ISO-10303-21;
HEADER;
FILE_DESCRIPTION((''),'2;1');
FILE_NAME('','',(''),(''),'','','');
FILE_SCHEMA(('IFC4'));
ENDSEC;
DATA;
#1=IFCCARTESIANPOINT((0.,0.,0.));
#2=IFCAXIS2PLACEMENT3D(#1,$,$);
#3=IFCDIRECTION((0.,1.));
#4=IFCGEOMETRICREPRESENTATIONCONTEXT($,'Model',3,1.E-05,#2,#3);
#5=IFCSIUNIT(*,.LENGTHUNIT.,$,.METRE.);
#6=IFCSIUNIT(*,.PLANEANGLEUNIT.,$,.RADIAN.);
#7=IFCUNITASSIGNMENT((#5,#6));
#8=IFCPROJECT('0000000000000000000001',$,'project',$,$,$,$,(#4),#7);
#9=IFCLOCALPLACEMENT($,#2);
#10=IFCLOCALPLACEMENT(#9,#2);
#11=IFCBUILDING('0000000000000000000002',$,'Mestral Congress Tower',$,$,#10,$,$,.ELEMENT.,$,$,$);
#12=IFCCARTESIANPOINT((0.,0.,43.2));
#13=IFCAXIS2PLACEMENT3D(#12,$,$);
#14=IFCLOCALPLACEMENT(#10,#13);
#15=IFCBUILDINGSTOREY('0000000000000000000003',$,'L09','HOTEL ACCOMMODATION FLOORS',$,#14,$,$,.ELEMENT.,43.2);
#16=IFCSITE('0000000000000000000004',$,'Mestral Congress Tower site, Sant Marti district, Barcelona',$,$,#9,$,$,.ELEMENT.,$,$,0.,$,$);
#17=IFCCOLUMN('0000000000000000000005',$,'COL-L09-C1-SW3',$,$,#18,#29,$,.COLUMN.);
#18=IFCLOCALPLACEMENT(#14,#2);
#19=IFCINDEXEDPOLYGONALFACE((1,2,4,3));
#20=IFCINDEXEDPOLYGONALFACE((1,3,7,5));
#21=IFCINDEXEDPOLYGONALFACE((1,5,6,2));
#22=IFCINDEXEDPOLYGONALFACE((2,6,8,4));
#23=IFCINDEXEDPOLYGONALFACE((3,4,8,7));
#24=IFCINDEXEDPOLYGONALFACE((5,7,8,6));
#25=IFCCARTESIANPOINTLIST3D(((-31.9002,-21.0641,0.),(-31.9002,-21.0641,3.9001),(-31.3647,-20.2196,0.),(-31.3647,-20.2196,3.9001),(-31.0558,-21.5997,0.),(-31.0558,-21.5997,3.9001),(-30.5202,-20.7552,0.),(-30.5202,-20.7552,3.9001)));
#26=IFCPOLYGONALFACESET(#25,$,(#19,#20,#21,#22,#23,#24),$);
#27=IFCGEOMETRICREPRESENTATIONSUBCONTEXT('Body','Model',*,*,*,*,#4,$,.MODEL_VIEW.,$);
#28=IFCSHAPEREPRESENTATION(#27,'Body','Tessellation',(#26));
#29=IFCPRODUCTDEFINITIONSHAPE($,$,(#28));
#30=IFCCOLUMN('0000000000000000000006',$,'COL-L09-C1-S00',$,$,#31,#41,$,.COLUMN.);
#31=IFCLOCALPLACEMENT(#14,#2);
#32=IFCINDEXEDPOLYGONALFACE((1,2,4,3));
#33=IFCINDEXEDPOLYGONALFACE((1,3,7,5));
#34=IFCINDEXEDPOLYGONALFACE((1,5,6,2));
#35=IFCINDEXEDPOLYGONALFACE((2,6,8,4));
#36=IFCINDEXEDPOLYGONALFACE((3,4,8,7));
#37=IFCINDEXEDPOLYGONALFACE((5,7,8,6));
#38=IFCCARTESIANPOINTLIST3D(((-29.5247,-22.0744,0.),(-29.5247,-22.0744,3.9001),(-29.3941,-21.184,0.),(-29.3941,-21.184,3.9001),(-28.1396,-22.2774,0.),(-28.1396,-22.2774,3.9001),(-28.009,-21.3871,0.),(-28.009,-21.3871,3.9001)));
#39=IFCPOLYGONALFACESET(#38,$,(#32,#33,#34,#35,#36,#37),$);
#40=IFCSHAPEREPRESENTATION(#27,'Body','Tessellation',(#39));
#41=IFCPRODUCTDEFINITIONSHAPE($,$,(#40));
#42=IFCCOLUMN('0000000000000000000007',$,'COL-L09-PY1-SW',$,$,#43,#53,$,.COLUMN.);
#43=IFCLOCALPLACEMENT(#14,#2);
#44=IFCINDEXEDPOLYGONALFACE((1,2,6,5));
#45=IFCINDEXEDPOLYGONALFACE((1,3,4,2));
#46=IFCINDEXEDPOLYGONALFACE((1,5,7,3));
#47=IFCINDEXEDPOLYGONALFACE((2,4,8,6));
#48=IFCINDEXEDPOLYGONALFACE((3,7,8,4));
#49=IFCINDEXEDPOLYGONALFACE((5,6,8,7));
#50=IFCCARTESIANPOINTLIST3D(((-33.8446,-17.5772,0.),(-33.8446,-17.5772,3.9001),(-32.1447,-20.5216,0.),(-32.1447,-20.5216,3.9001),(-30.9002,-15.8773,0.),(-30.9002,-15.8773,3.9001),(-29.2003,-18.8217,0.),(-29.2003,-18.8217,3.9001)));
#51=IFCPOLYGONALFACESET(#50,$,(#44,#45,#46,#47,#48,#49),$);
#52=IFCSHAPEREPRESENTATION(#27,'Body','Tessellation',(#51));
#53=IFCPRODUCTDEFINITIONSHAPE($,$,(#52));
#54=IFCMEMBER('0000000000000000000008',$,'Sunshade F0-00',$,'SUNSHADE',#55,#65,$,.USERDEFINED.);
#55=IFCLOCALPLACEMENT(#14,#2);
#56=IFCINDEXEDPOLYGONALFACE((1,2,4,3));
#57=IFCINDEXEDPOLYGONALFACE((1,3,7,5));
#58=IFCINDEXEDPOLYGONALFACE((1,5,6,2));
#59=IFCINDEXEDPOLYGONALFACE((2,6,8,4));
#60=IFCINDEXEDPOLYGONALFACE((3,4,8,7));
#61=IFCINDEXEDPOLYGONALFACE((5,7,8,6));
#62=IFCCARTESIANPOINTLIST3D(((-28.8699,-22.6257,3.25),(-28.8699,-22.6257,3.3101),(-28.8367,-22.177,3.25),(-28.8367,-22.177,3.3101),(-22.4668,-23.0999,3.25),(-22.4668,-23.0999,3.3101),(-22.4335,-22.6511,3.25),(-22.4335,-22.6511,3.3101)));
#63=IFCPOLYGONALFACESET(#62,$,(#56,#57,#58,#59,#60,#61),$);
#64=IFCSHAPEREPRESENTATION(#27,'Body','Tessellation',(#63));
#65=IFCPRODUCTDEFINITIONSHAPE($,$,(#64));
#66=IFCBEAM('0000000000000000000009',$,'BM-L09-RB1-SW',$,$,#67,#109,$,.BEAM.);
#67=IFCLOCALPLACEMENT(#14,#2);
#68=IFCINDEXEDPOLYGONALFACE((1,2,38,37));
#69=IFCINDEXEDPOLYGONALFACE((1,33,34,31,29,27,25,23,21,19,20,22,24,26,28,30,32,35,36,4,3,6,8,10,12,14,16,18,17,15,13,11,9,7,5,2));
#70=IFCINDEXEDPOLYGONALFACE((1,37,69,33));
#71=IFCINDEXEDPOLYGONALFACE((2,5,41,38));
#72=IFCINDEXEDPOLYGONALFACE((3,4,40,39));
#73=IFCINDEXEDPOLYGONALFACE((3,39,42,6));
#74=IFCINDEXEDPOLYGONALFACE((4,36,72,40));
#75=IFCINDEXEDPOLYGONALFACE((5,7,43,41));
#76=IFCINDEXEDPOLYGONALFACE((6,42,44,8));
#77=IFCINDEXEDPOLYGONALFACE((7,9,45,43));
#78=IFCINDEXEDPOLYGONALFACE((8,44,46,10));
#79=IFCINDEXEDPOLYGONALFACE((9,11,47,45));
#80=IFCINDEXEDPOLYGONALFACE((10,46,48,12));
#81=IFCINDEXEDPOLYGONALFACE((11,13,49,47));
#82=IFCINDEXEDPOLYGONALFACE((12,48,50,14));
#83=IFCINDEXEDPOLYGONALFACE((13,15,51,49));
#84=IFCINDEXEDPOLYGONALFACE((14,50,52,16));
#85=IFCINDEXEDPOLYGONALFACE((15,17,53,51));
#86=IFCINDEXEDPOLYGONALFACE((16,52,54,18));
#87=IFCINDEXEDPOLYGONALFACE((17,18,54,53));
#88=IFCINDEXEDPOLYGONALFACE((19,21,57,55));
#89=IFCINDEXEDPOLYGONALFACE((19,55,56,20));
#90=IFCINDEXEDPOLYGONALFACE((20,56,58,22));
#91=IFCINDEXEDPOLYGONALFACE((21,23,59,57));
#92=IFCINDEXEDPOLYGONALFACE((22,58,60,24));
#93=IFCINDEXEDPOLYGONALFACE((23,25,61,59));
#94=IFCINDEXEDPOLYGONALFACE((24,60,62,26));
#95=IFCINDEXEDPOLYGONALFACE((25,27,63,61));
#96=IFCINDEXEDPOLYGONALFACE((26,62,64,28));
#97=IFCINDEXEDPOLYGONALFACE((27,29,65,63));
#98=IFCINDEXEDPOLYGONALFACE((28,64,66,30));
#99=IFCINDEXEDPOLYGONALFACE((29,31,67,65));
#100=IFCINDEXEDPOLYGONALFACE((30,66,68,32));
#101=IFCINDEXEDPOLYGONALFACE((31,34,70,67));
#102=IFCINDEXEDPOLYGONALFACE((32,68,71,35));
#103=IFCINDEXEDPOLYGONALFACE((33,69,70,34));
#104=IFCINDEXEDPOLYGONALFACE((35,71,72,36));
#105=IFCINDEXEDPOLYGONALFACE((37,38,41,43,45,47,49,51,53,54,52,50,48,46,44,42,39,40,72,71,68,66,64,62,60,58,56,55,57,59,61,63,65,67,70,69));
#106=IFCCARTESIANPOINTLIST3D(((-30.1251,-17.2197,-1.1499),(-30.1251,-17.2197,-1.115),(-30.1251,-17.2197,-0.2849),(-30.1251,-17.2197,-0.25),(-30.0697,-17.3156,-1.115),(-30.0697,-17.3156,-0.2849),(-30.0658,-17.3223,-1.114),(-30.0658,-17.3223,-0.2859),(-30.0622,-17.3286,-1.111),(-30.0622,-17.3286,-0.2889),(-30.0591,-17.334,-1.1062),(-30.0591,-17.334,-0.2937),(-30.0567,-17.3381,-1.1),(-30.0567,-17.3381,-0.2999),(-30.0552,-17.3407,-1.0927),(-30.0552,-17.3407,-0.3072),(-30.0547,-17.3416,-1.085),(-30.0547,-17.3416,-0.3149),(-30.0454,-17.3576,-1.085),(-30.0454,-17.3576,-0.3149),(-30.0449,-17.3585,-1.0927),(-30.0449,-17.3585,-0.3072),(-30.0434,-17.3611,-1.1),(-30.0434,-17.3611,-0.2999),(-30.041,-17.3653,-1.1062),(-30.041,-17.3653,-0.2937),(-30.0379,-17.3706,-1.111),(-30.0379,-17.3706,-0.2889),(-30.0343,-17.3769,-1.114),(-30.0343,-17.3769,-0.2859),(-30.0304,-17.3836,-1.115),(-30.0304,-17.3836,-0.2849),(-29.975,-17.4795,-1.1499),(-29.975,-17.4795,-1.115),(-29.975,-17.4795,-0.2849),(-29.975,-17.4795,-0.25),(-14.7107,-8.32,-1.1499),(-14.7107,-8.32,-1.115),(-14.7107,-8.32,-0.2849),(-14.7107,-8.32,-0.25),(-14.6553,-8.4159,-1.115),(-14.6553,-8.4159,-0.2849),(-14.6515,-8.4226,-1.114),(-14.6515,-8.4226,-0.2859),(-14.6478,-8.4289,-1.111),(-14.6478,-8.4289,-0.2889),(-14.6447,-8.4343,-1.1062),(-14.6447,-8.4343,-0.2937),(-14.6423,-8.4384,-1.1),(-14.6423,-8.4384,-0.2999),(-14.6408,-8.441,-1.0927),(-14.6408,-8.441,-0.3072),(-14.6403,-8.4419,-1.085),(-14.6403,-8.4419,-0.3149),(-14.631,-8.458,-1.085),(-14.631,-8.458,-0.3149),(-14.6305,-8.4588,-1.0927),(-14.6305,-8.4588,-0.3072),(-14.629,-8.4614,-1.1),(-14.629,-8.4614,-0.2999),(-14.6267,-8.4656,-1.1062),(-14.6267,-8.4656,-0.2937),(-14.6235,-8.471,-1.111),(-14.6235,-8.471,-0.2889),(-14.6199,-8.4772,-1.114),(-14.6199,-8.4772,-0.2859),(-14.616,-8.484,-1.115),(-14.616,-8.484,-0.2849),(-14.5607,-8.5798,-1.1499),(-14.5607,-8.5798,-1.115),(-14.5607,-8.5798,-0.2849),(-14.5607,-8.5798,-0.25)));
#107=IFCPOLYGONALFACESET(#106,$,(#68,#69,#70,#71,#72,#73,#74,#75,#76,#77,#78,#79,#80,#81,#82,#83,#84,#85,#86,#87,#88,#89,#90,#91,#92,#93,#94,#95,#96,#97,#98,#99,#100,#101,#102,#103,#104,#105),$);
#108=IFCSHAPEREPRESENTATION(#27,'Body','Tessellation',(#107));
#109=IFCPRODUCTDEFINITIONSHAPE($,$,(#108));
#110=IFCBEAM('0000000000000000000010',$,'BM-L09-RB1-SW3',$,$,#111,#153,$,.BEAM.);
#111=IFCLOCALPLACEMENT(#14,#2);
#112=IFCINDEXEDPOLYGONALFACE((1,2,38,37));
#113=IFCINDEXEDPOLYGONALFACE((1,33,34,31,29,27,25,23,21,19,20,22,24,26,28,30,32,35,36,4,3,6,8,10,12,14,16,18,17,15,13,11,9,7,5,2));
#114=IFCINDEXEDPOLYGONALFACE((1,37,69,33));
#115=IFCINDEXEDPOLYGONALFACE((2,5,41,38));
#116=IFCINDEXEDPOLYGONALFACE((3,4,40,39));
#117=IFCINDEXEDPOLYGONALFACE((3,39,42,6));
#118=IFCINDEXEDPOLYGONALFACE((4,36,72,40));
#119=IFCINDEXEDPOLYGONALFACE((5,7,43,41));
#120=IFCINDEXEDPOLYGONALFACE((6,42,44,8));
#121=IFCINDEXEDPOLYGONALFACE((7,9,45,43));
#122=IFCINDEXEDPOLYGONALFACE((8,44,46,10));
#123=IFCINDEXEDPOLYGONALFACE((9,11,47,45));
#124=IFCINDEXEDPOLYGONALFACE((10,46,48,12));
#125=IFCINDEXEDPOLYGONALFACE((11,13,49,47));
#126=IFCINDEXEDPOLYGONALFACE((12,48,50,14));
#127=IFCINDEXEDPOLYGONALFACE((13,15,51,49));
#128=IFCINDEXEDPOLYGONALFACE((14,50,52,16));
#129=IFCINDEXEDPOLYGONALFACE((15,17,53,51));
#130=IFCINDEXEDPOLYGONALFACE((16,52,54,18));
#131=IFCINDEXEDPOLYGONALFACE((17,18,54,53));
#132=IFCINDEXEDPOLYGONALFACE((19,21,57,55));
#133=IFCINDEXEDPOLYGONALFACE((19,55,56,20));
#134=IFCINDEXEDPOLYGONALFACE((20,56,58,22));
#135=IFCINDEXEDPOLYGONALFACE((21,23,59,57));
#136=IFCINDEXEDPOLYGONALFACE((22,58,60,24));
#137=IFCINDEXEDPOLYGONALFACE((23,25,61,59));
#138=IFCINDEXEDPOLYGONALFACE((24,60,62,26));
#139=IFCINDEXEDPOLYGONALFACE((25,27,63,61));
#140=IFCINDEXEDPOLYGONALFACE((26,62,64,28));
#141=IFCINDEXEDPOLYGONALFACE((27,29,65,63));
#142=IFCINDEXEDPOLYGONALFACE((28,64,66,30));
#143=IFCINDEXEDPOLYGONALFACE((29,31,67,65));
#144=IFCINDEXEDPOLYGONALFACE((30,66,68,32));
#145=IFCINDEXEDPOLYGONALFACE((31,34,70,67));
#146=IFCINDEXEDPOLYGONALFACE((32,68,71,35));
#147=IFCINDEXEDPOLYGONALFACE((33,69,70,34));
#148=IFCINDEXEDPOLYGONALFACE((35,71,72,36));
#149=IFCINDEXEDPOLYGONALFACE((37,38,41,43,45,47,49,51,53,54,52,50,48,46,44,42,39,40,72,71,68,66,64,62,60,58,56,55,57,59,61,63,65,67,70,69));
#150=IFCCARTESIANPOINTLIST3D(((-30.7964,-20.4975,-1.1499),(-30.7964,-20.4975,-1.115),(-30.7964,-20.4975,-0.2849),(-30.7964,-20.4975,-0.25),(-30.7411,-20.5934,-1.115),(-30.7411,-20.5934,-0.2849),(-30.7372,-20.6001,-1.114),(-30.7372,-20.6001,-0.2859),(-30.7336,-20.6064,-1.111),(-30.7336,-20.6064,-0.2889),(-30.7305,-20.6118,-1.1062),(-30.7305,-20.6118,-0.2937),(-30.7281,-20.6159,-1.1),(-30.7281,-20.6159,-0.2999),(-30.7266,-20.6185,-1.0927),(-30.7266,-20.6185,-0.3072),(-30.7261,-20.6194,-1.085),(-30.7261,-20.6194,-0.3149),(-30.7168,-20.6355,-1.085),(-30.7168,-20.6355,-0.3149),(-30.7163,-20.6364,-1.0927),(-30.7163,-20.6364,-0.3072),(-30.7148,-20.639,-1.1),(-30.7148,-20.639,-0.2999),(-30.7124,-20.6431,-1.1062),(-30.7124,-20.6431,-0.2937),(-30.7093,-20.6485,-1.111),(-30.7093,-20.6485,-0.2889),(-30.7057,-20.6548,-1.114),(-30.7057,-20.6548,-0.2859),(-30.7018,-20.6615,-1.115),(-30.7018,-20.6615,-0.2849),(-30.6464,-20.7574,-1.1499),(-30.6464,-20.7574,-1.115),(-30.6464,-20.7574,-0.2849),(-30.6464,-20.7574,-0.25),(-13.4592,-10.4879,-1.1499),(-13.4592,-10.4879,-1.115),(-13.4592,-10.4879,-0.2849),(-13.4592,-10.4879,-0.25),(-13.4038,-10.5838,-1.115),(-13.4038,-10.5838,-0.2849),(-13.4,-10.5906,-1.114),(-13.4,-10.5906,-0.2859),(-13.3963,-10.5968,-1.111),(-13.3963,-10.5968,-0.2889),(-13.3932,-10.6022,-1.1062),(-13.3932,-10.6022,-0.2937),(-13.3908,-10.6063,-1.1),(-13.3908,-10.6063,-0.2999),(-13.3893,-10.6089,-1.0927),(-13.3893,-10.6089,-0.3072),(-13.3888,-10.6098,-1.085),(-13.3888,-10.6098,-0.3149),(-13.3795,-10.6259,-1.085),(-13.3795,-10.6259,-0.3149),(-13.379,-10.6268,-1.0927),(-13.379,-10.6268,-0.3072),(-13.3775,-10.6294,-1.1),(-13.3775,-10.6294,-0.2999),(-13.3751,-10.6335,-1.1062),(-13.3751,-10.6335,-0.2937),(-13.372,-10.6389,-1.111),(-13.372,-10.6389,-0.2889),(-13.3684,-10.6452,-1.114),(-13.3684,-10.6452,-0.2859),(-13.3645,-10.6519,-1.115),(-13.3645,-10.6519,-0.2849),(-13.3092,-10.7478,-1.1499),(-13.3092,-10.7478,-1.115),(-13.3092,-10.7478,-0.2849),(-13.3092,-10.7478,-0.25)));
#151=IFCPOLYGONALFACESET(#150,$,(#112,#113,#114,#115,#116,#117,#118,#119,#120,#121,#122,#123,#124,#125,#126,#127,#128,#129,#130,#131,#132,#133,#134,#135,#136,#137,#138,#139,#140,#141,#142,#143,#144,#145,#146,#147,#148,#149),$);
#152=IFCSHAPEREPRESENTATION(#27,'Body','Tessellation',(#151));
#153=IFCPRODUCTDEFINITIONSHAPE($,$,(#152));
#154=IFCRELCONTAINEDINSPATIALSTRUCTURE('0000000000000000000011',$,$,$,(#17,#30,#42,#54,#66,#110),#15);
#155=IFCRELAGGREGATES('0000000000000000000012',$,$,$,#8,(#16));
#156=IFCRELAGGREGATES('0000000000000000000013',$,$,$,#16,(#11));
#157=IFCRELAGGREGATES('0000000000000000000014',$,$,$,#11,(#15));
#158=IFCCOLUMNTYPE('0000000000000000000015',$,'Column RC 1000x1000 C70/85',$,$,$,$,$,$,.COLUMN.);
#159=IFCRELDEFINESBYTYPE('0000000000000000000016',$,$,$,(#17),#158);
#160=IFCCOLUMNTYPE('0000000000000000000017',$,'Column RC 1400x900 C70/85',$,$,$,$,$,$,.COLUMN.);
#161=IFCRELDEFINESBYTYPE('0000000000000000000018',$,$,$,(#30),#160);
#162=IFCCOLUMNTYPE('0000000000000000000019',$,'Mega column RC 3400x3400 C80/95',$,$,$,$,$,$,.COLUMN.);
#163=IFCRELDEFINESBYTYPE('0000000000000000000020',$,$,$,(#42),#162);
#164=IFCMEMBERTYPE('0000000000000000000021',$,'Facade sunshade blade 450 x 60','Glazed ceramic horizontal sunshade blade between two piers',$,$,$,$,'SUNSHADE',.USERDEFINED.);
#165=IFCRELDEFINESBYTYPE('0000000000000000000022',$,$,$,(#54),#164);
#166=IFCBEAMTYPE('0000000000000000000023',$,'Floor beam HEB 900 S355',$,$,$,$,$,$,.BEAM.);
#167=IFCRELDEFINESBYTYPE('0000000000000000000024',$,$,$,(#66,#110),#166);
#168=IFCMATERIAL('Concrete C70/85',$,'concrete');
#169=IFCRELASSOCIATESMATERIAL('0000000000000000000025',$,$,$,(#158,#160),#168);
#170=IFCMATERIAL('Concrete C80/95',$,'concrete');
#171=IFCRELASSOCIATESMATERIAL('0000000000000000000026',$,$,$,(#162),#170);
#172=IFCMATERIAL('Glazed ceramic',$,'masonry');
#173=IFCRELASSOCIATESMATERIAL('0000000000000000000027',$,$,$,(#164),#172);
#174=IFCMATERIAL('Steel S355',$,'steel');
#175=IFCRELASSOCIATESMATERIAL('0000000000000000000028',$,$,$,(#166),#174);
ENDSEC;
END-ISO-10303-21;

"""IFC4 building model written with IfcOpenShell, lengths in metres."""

from ifc_helpers import new_model, si_unit, direction, frame, origin, origin_2d, place, context, subcontext, project, spatial, rectangle, i_section, extrude, material, material_profile, profile_set, type_object, element, save


model = new_model("IFC4")

# Units and contexts
model_context = context("Model", 3, precision=1e-05, world=origin(), true_north=direction((0.0, 1.0)))
body_context = subcontext(model_context, "Body", "Model", "MODEL_VIEW")
ifc_project = project(units=[si_unit("LENGTHUNIT", "METRE"), si_unit("PLANEANGLEUNIT", "RADIAN")], contexts=[model_context])

# Site, building, storey
site_placement = place(None, origin())
site = spatial("IfcSite", under=ifc_project, at=site_placement, Name="Mestral Congress Tower site, Sant Marti district, Barcelona", CompositionType="ELEMENT", RefElevation=0.0)
building_placement = place(site_placement, origin())
building = spatial("IfcBuilding", under=site, at=building_placement, Name="Mestral Congress Tower", CompositionType="ELEMENT")
storey_placement = place(building_placement, frame((0.0, 0.0, 43.2)))
storey = spatial("IfcBuildingStorey", under=building, at=storey_placement, Name="L09", Description="HOTEL ACCOMMODATION FLOORS", CompositionType="ELEMENT", Elevation=43.2)

# Columns
ifc_material_1 = material(Name="Concrete C70/85", Category="concrete")
ifc_material_profile_1 = material_profile(ifc_material_1, rectangle(XDim=1.0, YDim=1.0, at=origin_2d()), Name="RC 1000x1000")
ifc_profile_set_1 = profile_set([ifc_material_profile_1], Name="Concrete C70/85")
column_type_1 = type_object("IfcColumnType", Name="Column RC 1000x1000 C70/85", PredefinedType="COLUMN", material=ifc_profile_set_1)
column_1_placement = place(storey_placement, frame((-31.2102, -20.9097, 0.0), z_axis=(0.0, 0.0, 1.0), x_axis=(0.844485, -0.535579, 0.0)))
element("IfcColumn", 1, at=column_1_placement, inside=storey, type_object=column_type_1, Name="COL-L09-C1-SW3", PredefinedType="COLUMN", context=body_context, shape_type="SweptSolid", body=[
    extrude(rectangle(XDim=1.0, YDim=1.0, at=origin_2d()), origin(), (0.0, 0.0, 1.0), 3.9001),
])
ifc_material_profile_2 = material_profile(ifc_material_1, rectangle(XDim=1.3999, YDim=0.8999, at=origin_2d()), Name="RC 1400x900")
ifc_profile_set_2 = profile_set([ifc_material_profile_2], Name="Concrete C70/85")
column_type_2 = type_object("IfcColumnType", Name="Column RC 1400x900 C70/85", PredefinedType="COLUMN", material=ifc_profile_set_2)
column_2_placement = place(storey_placement, frame((-28.7668, -21.7307, 0.0), z_axis=(0.0, 0.0, 1.0), x_axis=(0.989424, -0.145056, 0.0)))
element("IfcColumn", 2, at=column_2_placement, inside=storey, type_object=column_type_2, Name="COL-L09-C1-S00", PredefinedType="COLUMN", context=body_context, shape_type="SweptSolid", body=[
    extrude(rectangle(XDim=1.3999, YDim=0.8999, at=origin_2d()), origin(), (0.0, 0.0, 1.0), 3.9001),
])
ifc_material_2 = material(Name="Concrete C80/95", Category="concrete")
ifc_material_profile_3 = material_profile(ifc_material_2, rectangle(XDim=3.3999, YDim=3.3999, at=origin_2d()), Name="RC 3400x3400")
ifc_profile_set_3 = profile_set([ifc_material_profile_3], Name="Concrete C80/95")
column_type_3 = type_object("IfcColumnType", Name="Mega column RC 3400x3400 C80/95", PredefinedType="COLUMN", material=ifc_profile_set_3)
column_3_placement = place(storey_placement, frame((-31.5225, -18.1995, 0.0), z_axis=(0.0, 0.0, 1.0), x_axis=(-0.866025, -0.5, 0.0)))
element("IfcColumn", 3, at=column_3_placement, inside=storey, type_object=column_type_3, Name="COL-L09-PY1-SW", PredefinedType="COLUMN", context=body_context, shape_type="SweptSolid", body=[
    extrude(rectangle(XDim=3.3999, YDim=3.3999, at=origin_2d()), origin(), (0.0, 0.0, 1.0), 3.9001),
])

# Member
ifc_material_3 = material(Name="Glazed ceramic", Category="masonry")
ifc_material_profile_4 = material_profile(ifc_material_3, rectangle(XDim=0.45, YDim=0.0601, at=origin_2d()), Name="Ceramic blade 450 x 60")
ifc_profile_set_4 = profile_set([ifc_material_profile_4], Name="Glazed ceramic")
member_type = type_object("IfcMemberType", Name="Facade sunshade blade 450 x 60", Description="Glazed ceramic horizontal sunshade blade between two piers", ElementType="SUNSHADE", PredefinedType="USERDEFINED", material=ifc_profile_set_4)
member_placement = place(storey_placement, frame((-28.8533, -22.4014, 3.28), z_axis=(0.99727, -0.073844, 0.0), x_axis=(0.073844, 0.99727, 0.0)))
element("IfcMember", 4, at=member_placement, inside=storey, type_object=member_type, Name="Sunshade F0-00", ObjectType="SUNSHADE", PredefinedType="USERDEFINED", context=body_context, shape_type="SweptSolid", body=[
    extrude(rectangle(XDim=0.45, YDim=0.0601, at=origin_2d()), origin(), (0.0, 0.0, 1.0), 6.4207),
])

# Beams
ifc_material_4 = material(Name="Steel S355", Category="steel")
ifc_material_profile_5 = material_profile(ifc_material_4, i_section(OverallWidth=0.3, OverallDepth=0.8999, WebThickness=0.0186, FlangeThickness=0.0349, FilletRadius=0.03, at=origin_2d()), Name="HEB 900")
ifc_profile_set_5 = profile_set([ifc_material_profile_5], Name="Steel S355")
beam_type_1 = type_object("IfcBeamType", Name="Floor beam HEB 900 S355", PredefinedType="BEAM", material=ifc_profile_set_5)
beam_1_placement = place(storey_placement, frame((-30.05, -17.3496, -0.7), z_axis=(0.86602, 0.500009, 0.0), x_axis=(-0.500009, 0.86602, 0.0)))
element("IfcBeam", 5, at=beam_1_placement, inside=storey, type_object=beam_type_1, Name="BM-L09-RB1-SW", PredefinedType="BEAM", context=body_context, shape_type="SweptSolid", body=[
    extrude(i_section(OverallWidth=0.3, OverallDepth=0.8999, WebThickness=0.0186, FlangeThickness=0.0349, FilletRadius=0.03, at=origin_2d()), origin(), (0.0, 0.0, 1.0), 17.7991),
])
beam_2_placement = place(storey_placement, frame((-30.7214, -20.6274, -0.7), z_axis=(0.866027, 0.499997, 0.0), x_axis=(-0.499997, 0.866027, 0.0)))
element("IfcBeam", 6, at=beam_2_placement, inside=storey, type_object=beam_type_1, Name="BM-L09-RB1-SW3", PredefinedType="BEAM", context=body_context, shape_type="SweptSolid", body=[
    extrude(i_section(OverallWidth=0.3, OverallDepth=0.8999, WebThickness=0.0186, FlangeThickness=0.0349, FilletRadius=0.03, at=origin_2d()), origin(), (0.0, 0.0, 1.0), 20.0193),
])

save(model, "model.ifc")
